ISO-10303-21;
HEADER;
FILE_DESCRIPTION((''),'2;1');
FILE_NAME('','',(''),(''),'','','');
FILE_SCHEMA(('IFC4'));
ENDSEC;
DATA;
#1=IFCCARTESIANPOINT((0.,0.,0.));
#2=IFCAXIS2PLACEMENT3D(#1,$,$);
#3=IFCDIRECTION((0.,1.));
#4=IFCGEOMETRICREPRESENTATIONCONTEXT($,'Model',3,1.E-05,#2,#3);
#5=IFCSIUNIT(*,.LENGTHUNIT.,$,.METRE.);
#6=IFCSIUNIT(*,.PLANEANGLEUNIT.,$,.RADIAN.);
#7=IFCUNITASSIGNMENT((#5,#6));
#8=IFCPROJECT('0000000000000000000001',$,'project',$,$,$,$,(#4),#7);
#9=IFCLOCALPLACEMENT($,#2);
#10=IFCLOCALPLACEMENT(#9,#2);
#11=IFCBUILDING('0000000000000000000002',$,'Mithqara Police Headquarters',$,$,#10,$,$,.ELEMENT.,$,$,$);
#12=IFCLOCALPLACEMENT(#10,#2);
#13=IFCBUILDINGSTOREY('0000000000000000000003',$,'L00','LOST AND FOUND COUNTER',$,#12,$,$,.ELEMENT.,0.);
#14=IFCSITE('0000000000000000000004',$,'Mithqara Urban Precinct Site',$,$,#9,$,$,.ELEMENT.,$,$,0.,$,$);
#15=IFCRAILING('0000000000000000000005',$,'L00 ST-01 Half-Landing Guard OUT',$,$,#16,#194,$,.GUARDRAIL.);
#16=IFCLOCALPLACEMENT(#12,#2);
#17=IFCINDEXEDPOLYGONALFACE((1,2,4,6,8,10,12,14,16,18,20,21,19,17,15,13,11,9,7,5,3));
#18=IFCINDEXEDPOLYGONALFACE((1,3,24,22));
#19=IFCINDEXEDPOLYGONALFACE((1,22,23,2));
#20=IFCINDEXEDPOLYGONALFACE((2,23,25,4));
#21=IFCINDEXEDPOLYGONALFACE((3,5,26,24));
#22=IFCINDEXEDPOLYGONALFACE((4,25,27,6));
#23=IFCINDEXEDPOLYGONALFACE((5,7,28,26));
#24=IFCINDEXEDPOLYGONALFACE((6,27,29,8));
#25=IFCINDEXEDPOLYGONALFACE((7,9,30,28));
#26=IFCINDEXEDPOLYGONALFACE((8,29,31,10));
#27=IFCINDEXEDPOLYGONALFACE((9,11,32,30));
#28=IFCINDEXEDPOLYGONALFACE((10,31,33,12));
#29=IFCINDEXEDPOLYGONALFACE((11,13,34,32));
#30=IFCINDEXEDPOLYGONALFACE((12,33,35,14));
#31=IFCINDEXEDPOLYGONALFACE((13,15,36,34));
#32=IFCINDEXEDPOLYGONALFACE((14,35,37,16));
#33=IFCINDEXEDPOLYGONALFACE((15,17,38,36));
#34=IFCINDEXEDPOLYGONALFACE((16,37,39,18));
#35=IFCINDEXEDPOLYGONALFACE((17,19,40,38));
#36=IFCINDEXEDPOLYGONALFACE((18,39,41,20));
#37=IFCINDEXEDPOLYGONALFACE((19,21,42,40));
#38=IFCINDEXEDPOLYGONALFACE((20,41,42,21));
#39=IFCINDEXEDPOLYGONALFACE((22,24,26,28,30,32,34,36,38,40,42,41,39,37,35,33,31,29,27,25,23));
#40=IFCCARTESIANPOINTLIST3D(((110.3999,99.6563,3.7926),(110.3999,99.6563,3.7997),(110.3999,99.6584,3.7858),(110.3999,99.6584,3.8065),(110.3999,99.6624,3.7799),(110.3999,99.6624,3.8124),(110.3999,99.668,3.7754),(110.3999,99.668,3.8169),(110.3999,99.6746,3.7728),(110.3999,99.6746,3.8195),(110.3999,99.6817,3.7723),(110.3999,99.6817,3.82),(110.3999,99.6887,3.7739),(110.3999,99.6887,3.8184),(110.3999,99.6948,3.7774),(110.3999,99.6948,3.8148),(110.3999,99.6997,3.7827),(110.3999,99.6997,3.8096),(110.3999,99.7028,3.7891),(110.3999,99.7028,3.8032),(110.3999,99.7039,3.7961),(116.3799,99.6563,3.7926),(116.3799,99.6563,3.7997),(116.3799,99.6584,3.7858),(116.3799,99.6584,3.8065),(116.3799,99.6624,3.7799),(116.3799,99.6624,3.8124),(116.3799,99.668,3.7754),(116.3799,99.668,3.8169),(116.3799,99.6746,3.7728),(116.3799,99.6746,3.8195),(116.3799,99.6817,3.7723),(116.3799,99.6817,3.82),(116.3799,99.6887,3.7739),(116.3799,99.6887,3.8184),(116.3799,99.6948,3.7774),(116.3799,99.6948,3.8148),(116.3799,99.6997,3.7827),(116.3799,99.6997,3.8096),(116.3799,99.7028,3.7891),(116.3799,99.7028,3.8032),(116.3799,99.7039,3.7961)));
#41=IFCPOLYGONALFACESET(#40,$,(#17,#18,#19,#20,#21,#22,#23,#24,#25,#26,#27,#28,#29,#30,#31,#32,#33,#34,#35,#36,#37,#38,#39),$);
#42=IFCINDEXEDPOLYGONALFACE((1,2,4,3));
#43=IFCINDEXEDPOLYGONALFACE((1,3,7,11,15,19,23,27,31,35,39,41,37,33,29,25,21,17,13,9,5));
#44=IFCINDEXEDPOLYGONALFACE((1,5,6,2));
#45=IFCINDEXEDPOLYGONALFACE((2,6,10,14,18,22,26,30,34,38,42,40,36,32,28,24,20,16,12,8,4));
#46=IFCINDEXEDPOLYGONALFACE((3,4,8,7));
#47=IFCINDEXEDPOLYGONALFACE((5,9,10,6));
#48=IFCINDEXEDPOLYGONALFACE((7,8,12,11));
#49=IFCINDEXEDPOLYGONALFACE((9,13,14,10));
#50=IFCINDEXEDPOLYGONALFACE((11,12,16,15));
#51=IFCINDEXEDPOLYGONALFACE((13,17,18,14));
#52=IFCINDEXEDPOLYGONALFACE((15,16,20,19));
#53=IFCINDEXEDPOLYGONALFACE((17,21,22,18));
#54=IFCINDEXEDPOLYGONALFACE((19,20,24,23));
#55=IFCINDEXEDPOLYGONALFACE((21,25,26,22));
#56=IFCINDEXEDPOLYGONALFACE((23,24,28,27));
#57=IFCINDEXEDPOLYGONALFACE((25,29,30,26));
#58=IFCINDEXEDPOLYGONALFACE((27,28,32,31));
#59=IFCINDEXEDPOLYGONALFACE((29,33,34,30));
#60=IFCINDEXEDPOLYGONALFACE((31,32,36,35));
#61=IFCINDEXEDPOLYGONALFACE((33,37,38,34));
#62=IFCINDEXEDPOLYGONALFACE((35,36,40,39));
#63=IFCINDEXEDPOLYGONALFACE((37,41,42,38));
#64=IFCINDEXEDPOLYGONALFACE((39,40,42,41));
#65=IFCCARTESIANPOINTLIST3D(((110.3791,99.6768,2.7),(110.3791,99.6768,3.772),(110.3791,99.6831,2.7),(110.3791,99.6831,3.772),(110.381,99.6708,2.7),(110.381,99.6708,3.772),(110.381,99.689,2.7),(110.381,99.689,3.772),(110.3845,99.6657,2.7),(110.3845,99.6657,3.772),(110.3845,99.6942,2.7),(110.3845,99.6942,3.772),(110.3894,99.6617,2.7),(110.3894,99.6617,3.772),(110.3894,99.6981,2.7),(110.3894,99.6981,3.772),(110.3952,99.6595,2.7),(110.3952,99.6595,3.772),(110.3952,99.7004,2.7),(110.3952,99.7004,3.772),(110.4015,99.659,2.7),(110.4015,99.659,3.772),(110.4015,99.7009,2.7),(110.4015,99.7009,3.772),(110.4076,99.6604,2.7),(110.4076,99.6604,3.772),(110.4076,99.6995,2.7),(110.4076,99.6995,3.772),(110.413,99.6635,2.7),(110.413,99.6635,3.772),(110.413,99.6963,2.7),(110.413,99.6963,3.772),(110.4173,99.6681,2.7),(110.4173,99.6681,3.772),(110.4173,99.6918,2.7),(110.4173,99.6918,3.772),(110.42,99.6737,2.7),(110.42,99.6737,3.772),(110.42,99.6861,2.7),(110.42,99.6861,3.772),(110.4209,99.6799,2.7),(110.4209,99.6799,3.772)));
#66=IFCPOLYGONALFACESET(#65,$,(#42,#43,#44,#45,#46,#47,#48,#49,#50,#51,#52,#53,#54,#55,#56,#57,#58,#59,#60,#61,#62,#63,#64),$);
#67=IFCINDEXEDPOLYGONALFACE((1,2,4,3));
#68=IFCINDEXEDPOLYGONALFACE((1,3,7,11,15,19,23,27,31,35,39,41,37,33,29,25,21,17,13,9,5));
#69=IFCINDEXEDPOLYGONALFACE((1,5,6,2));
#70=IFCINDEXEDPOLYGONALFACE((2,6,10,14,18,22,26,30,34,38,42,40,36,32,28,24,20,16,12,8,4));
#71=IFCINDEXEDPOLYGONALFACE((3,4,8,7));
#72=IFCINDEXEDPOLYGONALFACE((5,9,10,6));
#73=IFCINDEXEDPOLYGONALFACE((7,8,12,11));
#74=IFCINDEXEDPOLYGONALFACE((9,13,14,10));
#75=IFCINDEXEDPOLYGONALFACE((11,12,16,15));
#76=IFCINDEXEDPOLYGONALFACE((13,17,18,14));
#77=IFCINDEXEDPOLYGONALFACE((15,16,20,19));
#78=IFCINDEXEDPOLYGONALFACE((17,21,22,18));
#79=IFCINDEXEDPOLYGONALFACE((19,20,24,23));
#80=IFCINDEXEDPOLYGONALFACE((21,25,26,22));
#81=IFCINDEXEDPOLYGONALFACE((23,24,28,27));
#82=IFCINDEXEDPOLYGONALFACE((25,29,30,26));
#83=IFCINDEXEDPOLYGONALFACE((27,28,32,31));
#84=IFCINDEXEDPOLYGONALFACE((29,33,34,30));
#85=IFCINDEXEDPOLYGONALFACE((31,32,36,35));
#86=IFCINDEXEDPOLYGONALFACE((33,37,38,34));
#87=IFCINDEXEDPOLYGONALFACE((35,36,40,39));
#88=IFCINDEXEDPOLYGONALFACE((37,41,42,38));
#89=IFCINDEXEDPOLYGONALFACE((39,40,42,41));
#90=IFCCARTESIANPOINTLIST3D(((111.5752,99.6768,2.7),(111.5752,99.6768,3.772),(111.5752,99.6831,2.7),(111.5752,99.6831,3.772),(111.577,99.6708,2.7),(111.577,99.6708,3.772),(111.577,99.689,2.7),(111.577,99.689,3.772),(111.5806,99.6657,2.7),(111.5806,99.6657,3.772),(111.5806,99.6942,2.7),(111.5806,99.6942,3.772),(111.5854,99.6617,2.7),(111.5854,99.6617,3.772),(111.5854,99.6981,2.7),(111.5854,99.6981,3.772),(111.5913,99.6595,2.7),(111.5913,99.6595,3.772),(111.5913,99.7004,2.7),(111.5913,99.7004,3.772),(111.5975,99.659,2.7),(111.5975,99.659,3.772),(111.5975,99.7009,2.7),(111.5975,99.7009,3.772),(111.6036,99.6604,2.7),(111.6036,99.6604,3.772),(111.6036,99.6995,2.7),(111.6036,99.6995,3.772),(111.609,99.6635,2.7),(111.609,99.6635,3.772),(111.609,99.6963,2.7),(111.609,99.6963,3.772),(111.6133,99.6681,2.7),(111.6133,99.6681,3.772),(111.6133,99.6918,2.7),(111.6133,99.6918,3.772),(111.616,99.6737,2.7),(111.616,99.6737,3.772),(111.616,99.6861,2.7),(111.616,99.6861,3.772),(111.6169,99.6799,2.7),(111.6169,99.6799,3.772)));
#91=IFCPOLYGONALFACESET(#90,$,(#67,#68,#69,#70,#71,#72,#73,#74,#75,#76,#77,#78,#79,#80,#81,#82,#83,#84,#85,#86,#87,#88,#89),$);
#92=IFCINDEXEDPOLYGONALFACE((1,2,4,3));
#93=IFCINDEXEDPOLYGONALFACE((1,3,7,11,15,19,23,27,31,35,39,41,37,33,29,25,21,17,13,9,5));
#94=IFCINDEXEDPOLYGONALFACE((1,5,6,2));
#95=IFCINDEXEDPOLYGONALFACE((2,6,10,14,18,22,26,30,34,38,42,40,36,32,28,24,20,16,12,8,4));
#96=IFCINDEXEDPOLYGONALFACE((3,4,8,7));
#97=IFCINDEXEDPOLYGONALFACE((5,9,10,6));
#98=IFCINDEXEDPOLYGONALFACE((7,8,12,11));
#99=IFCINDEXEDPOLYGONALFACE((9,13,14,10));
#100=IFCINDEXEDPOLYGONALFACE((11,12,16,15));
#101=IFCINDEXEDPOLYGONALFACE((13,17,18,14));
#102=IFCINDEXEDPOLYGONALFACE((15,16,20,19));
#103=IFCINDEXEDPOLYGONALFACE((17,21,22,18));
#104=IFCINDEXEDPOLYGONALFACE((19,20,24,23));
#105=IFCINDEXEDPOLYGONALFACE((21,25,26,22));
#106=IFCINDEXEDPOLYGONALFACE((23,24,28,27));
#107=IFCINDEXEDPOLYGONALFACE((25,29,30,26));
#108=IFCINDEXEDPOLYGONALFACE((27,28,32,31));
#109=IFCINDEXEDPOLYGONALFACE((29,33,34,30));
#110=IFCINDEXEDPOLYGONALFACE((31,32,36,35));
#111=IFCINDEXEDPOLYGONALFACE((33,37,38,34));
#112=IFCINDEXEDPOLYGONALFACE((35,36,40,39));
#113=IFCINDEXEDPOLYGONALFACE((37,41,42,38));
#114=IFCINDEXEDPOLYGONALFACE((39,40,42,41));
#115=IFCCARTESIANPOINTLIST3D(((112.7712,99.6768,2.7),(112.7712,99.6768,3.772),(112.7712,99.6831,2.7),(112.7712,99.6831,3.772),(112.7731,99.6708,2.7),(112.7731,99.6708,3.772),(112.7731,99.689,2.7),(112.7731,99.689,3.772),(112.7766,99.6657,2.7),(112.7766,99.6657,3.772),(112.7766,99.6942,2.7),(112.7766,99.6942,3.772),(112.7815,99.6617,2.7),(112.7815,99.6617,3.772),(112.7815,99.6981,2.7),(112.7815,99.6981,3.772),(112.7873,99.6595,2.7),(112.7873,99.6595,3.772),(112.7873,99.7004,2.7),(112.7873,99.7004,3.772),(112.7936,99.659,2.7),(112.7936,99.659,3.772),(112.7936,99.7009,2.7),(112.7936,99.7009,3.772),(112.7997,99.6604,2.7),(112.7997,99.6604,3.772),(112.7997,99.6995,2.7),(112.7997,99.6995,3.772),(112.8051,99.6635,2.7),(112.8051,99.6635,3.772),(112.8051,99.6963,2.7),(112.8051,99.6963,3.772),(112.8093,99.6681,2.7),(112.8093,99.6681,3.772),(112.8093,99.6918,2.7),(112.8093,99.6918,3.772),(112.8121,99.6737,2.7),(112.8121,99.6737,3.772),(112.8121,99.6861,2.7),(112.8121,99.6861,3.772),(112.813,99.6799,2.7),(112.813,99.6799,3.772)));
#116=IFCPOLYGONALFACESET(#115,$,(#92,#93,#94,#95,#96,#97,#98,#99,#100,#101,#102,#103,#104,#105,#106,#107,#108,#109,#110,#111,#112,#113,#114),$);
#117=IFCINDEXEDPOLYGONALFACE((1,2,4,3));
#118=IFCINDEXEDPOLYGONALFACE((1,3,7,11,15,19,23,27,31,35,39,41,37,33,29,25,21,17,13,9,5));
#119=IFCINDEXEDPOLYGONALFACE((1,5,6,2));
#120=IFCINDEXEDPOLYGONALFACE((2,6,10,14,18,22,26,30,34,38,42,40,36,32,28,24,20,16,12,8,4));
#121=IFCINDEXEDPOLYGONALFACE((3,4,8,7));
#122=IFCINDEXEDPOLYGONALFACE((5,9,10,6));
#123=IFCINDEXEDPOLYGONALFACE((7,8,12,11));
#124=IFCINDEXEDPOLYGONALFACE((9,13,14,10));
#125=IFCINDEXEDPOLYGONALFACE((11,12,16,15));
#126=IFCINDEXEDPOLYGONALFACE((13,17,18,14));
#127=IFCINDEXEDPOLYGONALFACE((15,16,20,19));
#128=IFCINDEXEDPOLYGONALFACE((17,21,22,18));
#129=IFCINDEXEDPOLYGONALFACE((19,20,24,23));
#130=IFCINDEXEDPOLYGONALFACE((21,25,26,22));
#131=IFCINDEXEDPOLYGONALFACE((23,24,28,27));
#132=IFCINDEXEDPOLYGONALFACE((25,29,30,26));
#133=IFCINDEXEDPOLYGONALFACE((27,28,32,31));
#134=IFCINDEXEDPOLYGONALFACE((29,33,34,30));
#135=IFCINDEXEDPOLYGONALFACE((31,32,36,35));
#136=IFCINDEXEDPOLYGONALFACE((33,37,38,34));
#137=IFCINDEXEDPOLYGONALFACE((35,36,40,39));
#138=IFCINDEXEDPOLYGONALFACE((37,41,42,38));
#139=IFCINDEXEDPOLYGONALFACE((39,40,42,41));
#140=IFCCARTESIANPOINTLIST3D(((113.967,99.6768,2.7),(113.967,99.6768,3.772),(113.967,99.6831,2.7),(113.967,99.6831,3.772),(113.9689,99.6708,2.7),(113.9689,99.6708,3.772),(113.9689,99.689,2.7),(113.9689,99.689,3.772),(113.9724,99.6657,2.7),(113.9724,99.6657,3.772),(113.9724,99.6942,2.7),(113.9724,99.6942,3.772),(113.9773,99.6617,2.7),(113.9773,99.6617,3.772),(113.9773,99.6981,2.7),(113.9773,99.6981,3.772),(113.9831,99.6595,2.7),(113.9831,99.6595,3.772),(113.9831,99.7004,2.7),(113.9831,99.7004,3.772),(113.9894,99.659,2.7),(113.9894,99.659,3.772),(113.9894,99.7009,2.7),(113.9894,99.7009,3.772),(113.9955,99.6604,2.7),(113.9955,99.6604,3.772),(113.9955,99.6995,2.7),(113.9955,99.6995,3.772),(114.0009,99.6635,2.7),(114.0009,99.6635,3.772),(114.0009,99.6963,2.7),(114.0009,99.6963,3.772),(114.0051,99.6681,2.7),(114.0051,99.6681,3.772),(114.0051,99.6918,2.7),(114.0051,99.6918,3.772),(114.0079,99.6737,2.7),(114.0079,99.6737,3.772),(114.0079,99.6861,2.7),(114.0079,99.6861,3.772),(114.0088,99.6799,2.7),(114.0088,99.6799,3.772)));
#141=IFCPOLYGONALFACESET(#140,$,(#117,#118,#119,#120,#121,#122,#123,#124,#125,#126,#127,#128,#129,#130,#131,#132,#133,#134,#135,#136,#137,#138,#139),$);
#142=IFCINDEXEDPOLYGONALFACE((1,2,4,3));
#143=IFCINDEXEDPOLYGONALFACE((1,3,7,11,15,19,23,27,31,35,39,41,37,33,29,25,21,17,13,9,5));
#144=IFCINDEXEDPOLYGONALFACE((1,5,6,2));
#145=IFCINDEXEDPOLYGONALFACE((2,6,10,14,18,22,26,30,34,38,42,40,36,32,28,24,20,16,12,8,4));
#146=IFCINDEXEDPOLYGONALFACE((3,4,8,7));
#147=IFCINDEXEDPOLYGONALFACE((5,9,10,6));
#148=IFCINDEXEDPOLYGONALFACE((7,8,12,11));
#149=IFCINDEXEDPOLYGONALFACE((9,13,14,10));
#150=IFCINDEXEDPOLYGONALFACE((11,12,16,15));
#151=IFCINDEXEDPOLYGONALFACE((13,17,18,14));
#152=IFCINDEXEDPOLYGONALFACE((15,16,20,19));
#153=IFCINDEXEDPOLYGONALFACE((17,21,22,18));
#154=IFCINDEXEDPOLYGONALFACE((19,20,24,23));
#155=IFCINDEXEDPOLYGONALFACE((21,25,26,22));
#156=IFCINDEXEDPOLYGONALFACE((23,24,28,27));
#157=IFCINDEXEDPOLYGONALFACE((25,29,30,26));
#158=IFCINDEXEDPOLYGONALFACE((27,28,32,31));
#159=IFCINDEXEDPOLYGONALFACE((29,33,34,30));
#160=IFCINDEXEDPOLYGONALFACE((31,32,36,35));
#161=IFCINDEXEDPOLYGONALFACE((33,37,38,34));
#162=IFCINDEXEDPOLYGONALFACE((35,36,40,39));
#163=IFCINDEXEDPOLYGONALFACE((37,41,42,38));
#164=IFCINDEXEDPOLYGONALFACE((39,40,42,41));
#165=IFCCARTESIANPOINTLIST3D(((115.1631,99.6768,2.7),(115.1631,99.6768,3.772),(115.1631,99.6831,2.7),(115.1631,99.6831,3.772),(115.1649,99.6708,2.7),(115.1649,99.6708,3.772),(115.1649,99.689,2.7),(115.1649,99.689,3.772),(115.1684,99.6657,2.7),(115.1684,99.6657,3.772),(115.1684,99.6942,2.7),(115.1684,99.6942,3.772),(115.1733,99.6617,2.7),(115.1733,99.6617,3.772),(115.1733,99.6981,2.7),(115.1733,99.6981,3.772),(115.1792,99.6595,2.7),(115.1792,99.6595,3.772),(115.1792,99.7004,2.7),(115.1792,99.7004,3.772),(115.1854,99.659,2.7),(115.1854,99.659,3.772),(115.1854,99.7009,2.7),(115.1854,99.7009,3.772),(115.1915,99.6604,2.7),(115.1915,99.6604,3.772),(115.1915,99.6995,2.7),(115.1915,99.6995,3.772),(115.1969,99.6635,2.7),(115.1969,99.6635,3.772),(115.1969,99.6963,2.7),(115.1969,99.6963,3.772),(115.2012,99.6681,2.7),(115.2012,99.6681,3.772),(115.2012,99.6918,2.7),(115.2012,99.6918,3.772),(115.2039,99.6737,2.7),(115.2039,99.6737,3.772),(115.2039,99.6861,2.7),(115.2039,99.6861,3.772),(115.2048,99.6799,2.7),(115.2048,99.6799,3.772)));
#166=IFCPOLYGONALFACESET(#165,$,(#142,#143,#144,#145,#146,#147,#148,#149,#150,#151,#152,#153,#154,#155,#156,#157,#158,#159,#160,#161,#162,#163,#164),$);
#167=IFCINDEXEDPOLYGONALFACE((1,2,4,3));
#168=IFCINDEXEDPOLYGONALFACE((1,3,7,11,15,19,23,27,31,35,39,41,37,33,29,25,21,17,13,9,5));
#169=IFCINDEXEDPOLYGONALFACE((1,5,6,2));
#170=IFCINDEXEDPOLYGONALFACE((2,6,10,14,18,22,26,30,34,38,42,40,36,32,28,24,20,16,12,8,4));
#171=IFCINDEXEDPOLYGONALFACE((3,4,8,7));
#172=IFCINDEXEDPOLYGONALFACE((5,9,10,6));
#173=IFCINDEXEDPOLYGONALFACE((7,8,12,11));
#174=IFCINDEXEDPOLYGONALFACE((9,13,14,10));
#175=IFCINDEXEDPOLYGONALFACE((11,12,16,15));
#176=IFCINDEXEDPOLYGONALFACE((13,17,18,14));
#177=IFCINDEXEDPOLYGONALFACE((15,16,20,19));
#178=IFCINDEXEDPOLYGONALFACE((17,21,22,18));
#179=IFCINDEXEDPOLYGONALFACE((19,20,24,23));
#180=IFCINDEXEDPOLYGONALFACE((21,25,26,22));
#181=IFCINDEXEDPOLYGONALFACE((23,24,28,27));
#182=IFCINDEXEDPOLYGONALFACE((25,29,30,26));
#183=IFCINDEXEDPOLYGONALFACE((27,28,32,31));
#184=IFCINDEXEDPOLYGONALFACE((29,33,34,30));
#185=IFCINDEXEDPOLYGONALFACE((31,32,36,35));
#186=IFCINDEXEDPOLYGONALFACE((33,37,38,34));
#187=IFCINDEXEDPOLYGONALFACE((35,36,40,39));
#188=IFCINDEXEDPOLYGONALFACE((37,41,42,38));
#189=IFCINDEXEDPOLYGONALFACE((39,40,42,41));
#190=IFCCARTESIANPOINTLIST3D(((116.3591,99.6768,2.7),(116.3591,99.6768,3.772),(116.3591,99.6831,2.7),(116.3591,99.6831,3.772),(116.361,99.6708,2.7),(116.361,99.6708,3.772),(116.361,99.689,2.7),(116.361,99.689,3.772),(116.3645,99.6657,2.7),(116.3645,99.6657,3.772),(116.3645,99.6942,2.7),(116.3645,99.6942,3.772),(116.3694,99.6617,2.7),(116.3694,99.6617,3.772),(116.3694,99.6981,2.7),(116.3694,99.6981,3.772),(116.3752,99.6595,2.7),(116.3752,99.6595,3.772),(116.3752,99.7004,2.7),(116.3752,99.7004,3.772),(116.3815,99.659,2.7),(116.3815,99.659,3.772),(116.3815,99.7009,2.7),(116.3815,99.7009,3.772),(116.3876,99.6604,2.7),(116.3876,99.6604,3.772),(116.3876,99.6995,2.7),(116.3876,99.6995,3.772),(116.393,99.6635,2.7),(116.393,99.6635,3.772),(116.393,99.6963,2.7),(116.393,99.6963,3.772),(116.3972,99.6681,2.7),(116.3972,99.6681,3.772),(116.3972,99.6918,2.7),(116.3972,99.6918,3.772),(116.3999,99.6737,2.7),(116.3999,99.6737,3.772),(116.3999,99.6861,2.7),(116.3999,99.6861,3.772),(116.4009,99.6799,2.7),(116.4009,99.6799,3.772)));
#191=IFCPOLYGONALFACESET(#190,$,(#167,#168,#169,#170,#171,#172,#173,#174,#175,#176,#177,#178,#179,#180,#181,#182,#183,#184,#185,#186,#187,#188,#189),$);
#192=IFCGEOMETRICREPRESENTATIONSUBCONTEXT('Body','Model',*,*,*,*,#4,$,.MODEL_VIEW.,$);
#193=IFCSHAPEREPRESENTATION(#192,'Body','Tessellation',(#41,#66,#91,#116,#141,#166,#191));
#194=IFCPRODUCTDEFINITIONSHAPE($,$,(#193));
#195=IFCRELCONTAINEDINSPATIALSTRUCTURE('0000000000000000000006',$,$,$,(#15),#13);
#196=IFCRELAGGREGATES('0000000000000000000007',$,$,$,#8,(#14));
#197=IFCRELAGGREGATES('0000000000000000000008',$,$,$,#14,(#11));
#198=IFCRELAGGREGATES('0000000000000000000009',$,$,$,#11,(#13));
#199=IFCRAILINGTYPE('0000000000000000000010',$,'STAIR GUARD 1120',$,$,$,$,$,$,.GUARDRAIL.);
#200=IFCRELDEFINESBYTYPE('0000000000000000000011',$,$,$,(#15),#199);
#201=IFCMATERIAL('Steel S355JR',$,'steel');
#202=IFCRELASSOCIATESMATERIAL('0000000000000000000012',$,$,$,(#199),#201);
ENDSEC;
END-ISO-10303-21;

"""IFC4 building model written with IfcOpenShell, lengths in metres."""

from ifc_helpers import new_model, si_unit, direction, frame, origin, origin_2d, place, context, subcontext, project, spatial, circle, extrude, material, type_object, element, save


model = new_model("IFC4")

# Units and contexts
model_context = context("Model", 3, precision=1e-05, world=origin(), true_north=direction((0.0, 1.0)))
body_context = subcontext(model_context, "Body", "Model", "MODEL_VIEW")
ifc_project = project(units=[si_unit("LENGTHUNIT", "METRE"), si_unit("PLANEANGLEUNIT", "RADIAN")], contexts=[model_context])

# Site, building, storey
site_placement = place(None, origin())
site = spatial("IfcSite", under=ifc_project, at=site_placement, Name="Mithqara Urban Precinct Site", CompositionType="ELEMENT", RefElevation=0.0)
building_placement = place(site_placement, origin())
building = spatial("IfcBuilding", under=site, at=building_placement, Name="Mithqara Police Headquarters", CompositionType="ELEMENT")
storey_placement = place(building_placement, origin())
storey = spatial("IfcBuildingStorey", under=building, at=storey_placement, Name="L00", Description="LOST AND FOUND COUNTER", CompositionType="ELEMENT", Elevation=0.0)

# Shared definitions
ifc_material_1 = material(Name="Steel S355JR", Category="steel")

# Railing
railing_type_1 = type_object("IfcRailingType", Name="STAIR GUARD 1120", PredefinedType="GUARDRAIL", material=ifc_material_1)
for number, where, name in (
    (1, (110.3999, 99.6799, 2.7), "L00 ST-01 Half-Landing Guard OUT"),
):
    element("IfcRailing", number, at=place(storey_placement, frame(where)), inside=storey, type_object=railing_type_1, Name=name, PredefinedType="GUARDRAIL", context=body_context, shape_type="SweptSolid", body=[
        extrude(circle(Radius=0.0239, at=origin_2d()), frame((0.0, 0.0, 1.0962), z_axis=(1.0, 0.0, 0.0), x_axis=(0.0, 1.0, 0.0)), (0.0, 0.0, 1.0), 5.98),
        extrude(circle(Radius=0.021, at=origin_2d()), origin(), (0.0, 0.0, 1.0), 1.072),
        extrude(circle(Radius=0.021, at=origin_2d()), frame((1.196, 0.0, 0.0)), (0.0, 0.0, 1.0), 1.072),
        extrude(circle(Radius=0.021, at=origin_2d()), frame((2.3921, 0.0, 0.0)), (0.0, 0.0, 1.0), 1.072),
        extrude(circle(Radius=0.021, at=origin_2d()), frame((3.5879, 0.0, 0.0)), (0.0, 0.0, 1.0), 1.072),
        extrude(circle(Radius=0.021, at=origin_2d()), frame((4.7839, 0.0, 0.0)), (0.0, 0.0, 1.0), 1.072),
        extrude(circle(Radius=0.021, at=origin_2d()), frame((5.98, 0.0, 0.0)), (0.0, 0.0, 1.0), 1.072),
    ])

save(model, "model.ifc")
